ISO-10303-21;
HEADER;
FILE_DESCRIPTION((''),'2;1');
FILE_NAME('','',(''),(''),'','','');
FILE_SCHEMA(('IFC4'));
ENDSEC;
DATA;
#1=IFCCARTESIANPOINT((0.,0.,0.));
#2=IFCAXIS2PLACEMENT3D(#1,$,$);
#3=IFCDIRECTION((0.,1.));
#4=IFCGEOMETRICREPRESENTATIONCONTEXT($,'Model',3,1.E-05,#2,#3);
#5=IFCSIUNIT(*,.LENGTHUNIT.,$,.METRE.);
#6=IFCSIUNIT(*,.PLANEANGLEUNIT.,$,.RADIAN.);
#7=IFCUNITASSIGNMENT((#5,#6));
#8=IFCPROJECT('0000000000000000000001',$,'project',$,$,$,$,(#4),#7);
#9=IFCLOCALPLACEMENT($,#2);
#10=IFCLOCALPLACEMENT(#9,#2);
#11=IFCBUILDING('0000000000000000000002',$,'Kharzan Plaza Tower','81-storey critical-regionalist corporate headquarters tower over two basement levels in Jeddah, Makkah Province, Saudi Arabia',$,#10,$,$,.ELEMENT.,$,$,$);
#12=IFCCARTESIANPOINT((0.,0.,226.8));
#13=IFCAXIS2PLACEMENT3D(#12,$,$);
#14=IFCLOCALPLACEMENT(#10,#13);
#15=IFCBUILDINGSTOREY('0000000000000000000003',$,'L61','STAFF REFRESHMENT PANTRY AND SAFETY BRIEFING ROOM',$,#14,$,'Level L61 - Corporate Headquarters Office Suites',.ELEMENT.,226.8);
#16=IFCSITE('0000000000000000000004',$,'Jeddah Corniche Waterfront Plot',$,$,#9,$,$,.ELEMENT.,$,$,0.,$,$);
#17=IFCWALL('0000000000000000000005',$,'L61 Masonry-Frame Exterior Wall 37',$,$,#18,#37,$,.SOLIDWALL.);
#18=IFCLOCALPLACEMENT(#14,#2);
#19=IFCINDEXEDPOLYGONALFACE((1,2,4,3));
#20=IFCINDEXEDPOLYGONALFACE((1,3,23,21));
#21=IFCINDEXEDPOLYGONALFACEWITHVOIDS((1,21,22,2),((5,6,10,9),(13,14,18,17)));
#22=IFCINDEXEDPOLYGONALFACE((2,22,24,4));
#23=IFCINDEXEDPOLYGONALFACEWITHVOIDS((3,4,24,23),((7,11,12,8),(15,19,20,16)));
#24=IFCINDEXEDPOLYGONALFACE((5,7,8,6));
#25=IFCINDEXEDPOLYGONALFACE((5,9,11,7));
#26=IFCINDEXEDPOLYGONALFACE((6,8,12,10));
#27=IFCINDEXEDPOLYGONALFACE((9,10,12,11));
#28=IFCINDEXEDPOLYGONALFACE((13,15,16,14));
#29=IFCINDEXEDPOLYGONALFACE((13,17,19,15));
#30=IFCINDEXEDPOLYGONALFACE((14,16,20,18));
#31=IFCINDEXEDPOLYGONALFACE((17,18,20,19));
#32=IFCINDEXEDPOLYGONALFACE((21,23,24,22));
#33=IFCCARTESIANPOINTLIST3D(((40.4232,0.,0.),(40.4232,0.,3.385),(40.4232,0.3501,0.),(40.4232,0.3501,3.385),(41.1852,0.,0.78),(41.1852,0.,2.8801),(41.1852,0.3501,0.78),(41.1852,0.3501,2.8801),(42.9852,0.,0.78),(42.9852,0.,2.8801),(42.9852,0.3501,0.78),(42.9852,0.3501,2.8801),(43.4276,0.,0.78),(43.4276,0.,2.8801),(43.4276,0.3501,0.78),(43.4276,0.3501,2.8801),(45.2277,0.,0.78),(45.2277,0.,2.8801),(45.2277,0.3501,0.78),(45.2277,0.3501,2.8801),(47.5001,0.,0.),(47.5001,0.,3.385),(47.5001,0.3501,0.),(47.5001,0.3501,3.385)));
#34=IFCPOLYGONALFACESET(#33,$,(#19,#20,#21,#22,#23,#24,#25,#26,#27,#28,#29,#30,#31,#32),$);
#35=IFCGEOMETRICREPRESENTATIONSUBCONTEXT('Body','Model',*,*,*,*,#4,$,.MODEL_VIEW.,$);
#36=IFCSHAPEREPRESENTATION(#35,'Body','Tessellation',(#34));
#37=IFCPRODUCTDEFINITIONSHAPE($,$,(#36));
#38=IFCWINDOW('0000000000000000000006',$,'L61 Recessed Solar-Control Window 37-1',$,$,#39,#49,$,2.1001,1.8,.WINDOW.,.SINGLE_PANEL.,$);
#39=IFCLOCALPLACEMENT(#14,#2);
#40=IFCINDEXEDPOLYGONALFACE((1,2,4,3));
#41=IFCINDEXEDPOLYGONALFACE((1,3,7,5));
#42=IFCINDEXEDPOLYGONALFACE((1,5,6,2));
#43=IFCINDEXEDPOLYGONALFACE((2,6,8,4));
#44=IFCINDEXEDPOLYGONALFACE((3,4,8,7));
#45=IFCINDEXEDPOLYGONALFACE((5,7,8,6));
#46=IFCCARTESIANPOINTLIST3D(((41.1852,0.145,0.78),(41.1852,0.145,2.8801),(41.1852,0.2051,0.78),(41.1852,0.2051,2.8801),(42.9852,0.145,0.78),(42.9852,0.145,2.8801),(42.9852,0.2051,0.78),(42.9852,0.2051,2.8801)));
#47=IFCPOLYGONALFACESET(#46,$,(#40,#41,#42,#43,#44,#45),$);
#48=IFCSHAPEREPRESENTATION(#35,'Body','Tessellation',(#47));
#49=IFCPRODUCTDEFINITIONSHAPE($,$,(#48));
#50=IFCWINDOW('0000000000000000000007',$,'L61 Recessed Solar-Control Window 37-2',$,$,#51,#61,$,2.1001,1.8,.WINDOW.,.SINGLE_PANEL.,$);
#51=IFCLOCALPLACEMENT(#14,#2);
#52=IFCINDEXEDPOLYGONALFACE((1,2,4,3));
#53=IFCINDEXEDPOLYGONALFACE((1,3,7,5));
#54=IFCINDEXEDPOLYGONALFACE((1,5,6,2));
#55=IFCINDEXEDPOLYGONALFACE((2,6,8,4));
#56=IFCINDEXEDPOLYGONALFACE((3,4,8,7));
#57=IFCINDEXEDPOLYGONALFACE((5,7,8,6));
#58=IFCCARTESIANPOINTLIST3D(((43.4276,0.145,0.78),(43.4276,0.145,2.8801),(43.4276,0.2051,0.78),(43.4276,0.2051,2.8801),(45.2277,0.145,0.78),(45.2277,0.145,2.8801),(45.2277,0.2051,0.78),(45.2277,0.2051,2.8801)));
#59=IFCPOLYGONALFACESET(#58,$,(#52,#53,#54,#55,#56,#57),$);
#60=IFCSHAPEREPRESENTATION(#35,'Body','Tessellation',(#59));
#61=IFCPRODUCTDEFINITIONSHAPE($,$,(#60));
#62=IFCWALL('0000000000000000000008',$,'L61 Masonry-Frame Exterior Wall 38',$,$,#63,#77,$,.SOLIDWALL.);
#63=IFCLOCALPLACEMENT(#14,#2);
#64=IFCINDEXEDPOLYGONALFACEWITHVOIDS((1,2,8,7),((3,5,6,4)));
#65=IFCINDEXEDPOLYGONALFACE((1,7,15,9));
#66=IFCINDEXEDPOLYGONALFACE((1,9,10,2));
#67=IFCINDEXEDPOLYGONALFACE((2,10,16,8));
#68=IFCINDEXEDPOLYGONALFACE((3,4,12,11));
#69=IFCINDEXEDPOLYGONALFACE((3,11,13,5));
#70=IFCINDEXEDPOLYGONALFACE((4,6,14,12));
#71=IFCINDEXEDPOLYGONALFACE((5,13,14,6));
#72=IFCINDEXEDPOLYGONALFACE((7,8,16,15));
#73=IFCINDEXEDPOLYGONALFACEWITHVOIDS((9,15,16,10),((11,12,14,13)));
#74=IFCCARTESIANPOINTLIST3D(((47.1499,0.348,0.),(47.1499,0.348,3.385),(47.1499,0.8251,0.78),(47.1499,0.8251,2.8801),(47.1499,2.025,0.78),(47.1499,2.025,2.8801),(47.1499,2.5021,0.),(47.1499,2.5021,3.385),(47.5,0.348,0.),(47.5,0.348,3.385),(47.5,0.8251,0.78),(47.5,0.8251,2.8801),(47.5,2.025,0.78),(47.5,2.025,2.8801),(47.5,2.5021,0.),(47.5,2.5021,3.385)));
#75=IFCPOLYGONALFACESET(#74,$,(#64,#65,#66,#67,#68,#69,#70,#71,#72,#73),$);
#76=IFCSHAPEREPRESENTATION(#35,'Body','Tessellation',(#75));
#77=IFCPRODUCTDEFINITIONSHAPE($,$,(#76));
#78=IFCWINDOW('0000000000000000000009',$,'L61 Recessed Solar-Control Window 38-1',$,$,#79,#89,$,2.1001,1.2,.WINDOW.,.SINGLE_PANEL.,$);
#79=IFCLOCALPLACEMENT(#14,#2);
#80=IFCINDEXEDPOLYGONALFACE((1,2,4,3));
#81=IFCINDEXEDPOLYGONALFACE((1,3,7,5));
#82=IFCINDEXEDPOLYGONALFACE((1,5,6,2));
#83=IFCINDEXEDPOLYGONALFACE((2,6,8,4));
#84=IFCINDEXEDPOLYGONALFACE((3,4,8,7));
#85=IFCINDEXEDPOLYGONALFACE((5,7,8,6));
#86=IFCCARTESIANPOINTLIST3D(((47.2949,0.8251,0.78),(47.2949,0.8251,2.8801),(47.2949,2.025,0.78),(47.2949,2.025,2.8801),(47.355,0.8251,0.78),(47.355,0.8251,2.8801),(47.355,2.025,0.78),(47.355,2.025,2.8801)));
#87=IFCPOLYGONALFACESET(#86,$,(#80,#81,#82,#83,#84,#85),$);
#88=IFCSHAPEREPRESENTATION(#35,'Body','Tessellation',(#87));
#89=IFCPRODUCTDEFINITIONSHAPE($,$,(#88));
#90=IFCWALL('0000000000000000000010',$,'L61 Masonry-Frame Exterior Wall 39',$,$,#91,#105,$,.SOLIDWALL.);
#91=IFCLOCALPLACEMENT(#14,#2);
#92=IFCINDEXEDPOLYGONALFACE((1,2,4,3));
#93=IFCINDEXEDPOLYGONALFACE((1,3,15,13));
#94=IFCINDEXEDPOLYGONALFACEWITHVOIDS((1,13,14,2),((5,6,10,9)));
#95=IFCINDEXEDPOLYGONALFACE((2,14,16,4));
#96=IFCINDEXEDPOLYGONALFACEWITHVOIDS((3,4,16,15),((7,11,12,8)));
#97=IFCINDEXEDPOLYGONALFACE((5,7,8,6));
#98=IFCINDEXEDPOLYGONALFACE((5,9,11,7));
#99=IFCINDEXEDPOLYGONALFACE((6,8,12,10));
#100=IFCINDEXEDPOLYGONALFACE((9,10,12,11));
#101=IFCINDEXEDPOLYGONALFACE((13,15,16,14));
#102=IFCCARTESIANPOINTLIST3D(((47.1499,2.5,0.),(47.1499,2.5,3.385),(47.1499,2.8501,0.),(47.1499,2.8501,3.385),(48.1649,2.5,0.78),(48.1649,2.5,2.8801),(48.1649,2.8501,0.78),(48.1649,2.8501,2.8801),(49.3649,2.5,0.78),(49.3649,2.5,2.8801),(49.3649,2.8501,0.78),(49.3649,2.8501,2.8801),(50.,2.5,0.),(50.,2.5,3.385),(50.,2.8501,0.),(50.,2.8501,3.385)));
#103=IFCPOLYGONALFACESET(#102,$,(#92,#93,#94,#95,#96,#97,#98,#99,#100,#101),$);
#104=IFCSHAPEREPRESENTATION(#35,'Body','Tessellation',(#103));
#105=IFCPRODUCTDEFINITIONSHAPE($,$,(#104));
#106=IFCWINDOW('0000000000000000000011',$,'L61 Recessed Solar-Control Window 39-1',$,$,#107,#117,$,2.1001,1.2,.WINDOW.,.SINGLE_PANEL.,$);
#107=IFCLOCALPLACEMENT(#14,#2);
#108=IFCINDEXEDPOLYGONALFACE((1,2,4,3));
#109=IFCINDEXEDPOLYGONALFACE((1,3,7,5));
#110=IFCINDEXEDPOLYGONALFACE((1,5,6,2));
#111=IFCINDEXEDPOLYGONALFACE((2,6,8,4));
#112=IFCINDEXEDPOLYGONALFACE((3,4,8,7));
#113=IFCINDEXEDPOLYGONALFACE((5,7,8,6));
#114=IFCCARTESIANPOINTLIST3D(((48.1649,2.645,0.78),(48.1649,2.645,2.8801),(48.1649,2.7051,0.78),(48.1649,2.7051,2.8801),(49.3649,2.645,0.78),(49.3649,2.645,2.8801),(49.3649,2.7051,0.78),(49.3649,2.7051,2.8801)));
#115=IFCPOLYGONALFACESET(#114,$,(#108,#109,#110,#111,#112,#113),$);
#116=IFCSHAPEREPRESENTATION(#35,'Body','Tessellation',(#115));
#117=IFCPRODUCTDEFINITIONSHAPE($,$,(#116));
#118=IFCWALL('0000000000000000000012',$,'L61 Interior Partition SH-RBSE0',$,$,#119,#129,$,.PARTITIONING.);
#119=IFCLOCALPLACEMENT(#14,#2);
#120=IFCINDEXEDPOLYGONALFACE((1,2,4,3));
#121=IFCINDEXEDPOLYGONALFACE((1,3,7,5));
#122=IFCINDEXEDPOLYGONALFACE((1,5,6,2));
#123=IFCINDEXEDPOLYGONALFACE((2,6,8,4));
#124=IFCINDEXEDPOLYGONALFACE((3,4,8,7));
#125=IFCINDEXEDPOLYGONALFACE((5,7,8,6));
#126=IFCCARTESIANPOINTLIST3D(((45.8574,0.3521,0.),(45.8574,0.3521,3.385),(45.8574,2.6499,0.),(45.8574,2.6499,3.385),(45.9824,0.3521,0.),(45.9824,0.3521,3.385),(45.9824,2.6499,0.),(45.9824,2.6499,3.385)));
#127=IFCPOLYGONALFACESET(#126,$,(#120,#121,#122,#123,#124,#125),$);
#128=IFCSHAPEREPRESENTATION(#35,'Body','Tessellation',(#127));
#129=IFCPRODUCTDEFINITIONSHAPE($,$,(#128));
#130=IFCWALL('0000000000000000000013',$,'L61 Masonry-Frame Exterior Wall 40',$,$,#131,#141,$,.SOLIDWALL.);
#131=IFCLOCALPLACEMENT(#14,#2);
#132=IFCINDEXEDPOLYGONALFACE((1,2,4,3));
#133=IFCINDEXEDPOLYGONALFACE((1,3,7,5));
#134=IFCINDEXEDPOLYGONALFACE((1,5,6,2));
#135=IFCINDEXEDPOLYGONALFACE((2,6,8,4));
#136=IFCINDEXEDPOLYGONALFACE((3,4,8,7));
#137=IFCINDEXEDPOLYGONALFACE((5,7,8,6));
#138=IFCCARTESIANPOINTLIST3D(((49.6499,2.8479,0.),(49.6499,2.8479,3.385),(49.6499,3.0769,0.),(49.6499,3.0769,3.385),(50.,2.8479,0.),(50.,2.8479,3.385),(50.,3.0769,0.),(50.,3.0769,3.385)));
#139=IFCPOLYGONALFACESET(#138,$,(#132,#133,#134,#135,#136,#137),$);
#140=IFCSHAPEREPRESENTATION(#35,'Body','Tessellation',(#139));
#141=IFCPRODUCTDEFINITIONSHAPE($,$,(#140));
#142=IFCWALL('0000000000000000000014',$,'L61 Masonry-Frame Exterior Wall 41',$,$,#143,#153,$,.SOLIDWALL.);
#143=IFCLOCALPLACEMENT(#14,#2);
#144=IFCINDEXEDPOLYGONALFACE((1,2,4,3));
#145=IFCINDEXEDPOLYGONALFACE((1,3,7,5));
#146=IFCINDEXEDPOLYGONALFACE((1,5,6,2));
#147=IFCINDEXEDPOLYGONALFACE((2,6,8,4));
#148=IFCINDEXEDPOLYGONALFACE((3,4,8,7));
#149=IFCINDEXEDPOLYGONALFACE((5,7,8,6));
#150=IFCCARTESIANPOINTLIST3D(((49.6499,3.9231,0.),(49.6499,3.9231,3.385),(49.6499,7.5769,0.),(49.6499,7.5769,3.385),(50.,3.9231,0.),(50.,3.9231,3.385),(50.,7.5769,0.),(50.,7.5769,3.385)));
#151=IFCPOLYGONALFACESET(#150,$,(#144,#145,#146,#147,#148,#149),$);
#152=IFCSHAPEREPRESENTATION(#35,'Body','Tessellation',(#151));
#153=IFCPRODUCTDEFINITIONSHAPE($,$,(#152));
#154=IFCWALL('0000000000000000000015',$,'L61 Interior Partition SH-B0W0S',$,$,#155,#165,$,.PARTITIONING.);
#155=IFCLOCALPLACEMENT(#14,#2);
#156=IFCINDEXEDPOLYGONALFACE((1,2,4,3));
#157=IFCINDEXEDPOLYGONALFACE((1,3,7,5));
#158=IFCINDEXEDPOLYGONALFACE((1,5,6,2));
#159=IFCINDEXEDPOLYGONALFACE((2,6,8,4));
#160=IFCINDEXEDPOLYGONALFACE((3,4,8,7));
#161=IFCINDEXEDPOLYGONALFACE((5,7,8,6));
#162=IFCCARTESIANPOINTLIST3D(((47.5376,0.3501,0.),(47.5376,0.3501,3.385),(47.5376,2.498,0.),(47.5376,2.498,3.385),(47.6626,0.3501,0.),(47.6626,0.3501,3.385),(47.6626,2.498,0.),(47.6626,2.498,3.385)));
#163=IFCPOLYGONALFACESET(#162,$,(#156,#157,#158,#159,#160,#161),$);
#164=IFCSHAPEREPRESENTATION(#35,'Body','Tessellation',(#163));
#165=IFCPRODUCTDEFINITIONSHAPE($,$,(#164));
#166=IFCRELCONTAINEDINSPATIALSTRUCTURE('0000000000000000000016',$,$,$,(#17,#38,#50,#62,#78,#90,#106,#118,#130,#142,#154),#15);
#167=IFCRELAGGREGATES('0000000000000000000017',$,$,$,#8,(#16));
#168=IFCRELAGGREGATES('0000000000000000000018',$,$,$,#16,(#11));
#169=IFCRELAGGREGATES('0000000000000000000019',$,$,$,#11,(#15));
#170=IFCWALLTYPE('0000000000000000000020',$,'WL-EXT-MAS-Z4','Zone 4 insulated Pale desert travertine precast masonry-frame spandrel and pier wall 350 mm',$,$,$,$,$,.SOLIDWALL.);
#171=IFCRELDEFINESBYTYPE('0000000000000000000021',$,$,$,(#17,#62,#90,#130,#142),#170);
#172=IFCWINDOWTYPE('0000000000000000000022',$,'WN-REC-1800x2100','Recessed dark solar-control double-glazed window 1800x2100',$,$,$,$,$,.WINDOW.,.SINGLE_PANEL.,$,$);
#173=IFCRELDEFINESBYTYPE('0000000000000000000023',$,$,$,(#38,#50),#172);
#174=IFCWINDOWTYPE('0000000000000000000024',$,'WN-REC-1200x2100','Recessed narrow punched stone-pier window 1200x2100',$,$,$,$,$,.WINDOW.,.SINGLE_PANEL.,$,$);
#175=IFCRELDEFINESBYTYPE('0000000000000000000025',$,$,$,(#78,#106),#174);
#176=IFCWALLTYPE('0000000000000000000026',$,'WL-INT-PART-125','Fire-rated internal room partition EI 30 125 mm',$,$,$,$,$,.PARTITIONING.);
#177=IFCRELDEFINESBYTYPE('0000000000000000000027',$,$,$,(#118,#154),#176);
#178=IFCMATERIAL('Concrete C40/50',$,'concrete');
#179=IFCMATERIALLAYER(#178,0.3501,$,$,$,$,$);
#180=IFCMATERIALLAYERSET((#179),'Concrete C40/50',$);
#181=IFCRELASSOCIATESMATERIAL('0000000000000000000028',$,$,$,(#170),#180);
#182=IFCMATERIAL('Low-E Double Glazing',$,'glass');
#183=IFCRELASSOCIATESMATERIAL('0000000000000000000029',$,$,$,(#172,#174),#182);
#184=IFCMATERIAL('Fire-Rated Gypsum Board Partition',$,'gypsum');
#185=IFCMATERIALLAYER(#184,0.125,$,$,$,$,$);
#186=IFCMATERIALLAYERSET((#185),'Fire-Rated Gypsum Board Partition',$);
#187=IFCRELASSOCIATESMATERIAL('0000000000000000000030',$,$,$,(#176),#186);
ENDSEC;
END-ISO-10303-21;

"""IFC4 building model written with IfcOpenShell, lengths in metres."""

from ifc_helpers import new_model, si_unit, direction, frame, frame_2d, origin, place, context, subcontext, project, spatial, rectangle, extrude, source, transform, mapped, material, layer, layer_set, type_object, element, fill, save


model = new_model("IFC4")

# Units and contexts
model_context = context("Model", 3, precision=1e-05, world=origin(), true_north=direction((0.0, 1.0)))
body_context = subcontext(model_context, "Body", "Model", "MODEL_VIEW")
ifc_project = project(units=[si_unit("LENGTHUNIT", "METRE"), si_unit("PLANEANGLEUNIT", "RADIAN")], contexts=[model_context])

# Site, building, storey
site_placement = place(None, origin())
site = spatial("IfcSite", under=ifc_project, at=site_placement, Name="Jeddah Corniche Waterfront Plot", CompositionType="ELEMENT", RefElevation=0.0)
building_placement = place(site_placement, origin())
building = spatial("IfcBuilding", under=site, at=building_placement, Name="Kharzan Plaza Tower", Description="81-storey critical-regionalist corporate headquarters tower over two basement levels in Jeddah, Makkah Province, Saudi Arabia", CompositionType="ELEMENT")
storey_placement = place(building_placement, frame((0.0, 0.0, 226.8)))
storey = spatial("IfcBuildingStorey", under=building, at=storey_placement, Name="L61", Description="STAFF REFRESHMENT PANTRY AND SAFETY BRIEFING ROOM", LongName="Level L61 - Corporate Headquarters Office Suites", CompositionType="ELEMENT", Elevation=226.8)

# Wall, openings, windows
ifc_material_1 = material(Name="Concrete C40/50", Category="concrete")
ifc_layer_1 = layer(ifc_material_1, 0.3501)
ifc_layer_set_1 = layer_set([ifc_layer_1], Name="Concrete C40/50")
wall_type_1 = type_object("IfcWallType", Name="WL-EXT-MAS-Z4", Description="Zone 4 insulated Pale desert travertine precast masonry-frame spandrel and pier wall 350 mm", PredefinedType="SOLIDWALL", material=ifc_layer_set_1)
wall_1_placement = place(storey_placement, frame((40.4231, 0.175, 0.0), z_axis=(0.0, 0.0, 1.0), x_axis=(1.0, 0.0, 0.0)))
wall_1 = element("IfcWall", 1, at=wall_1_placement, inside=storey, type_object=wall_type_1, Name="L61 Masonry-Frame Exterior Wall 37", PredefinedType="SOLIDWALL", context=body_context, shape_type="SweptSolid", body=[
    extrude(rectangle(XDim=7.0769, YDim=0.3501, at=frame_2d((3.5386, 0.0))), origin(), (0.0, 0.0, 1.0), 3.385),
])
opening_1_placement = place(wall_1_placement, frame((0.7622, 0.0, 0.78)))
opening_1 = element("IfcOpeningElement", 2, at=opening_1_placement, cuts=wall_1, PredefinedType="OPENING", context=body_context, shape_type="SweptSolid", body=[
    extrude(rectangle(XDim=1.8, YDim=2.1001, at=frame_2d((0.8999, 1.05))), frame((0.0, 0.1851, 0.0), z_axis=(0.0, -1.0, 0.0), x_axis=(1.0, 0.0, 0.0)), (0.0, 0.0, 1.0), 0.3701),
])
opening_2_placement = place(wall_1_placement, frame((3.0046, 0.0, 0.78)))
opening_2 = element("IfcOpeningElement", 3, at=opening_2_placement, cuts=wall_1, PredefinedType="OPENING", context=body_context, shape_type="SweptSolid", body=[
    extrude(rectangle(XDim=1.8, YDim=2.1001, at=frame_2d((0.8999, 1.05))), frame((0.0, 0.1851, 0.0), z_axis=(0.0, -1.0, 0.0), x_axis=(1.0, 0.0, 0.0)), (0.0, 0.0, 1.0), 0.3701),
])
ifc_material_2 = material(Name="Low-E Double Glazing", Category="glass")
window_type_1 = type_object("IfcWindowType", Name="WN-REC-1800x2100", Description="Recessed dark solar-control double-glazed window 1800x2100", PartitioningType="SINGLE_PANEL", PredefinedType="WINDOW", material=ifc_material_2)
shared_shape_1 = source(origin(), body_context, "Body", "SweptSolid", [
    extrude(rectangle(XDim=1.8, YDim=2.1001, at=frame_2d((0.8999, 1.05))), frame((0.0, 0.03, 0.0), z_axis=(0.0, -1.0, 0.0), x_axis=(1.0, 0.0, 0.0)), (0.0, 0.0, 1.0), 0.0601),
])
window_1_placement = place(opening_1_placement, origin())
window_1 = element("IfcWindow", 4, at=window_1_placement, inside=storey, type_object=window_type_1, Name="L61 Recessed Solar-Control Window 37-1", OverallHeight=2.1001, OverallWidth=1.8, PartitioningType="SINGLE_PANEL", PredefinedType="WINDOW", context=body_context, shape_type="MappedRepresentation", body=[
    mapped(shared_shape_1, transform((0.0, 0.0, 0.0), x_axis=(1.0, 0.0, 0.0), y_axis=(0.0, 1.0, 0.0), z_axis=(0.0, 0.0, 1.0))),
])
fill(opening_1, window_1)
window_2_placement = place(opening_2_placement, origin())
window_2 = element("IfcWindow", 5, at=window_2_placement, inside=storey, type_object=window_type_1, Name="L61 Recessed Solar-Control Window 37-2", OverallHeight=2.1001, OverallWidth=1.8, PartitioningType="SINGLE_PANEL", PredefinedType="WINDOW", context=body_context, shape_type="MappedRepresentation", body=[
    mapped(shared_shape_1, transform((0.0, 0.0, 0.0), x_axis=(1.0, 0.0, 0.0), y_axis=(0.0, 1.0, 0.0), z_axis=(0.0, 0.0, 1.0))),
])
fill(opening_2, window_2)

# Walls, openings, windows
wall_2_placement = place(storey_placement, frame((47.325, 0.3479, 0.0), z_axis=(0.0, 0.0, 1.0), x_axis=(0.0, 1.0, 0.0)))
wall_2 = element("IfcWall", 6, at=wall_2_placement, inside=storey, type_object=wall_type_1, Name="L61 Masonry-Frame Exterior Wall 38", PredefinedType="SOLIDWALL", context=body_context, shape_type="SweptSolid", body=[
    extrude(rectangle(XDim=2.1541, YDim=0.3501, at=frame_2d((1.0771, 0.0))), origin(), (0.0, 0.0, 1.0), 3.385),
])
opening_3_placement = place(wall_2_placement, frame((0.4771, 0.0, 0.78)))
opening_3 = element("IfcOpeningElement", 7, at=opening_3_placement, cuts=wall_2, PredefinedType="OPENING", context=body_context, shape_type="SweptSolid", body=[
    extrude(rectangle(XDim=1.2, YDim=2.1001, at=frame_2d((0.6001, 1.05))), frame((0.0, 0.1851, 0.0), z_axis=(0.0, -1.0, 0.0), x_axis=(1.0, 0.0, 0.0)), (0.0, 0.0, 1.0), 0.3701),
])
window_type_2 = type_object("IfcWindowType", Name="WN-REC-1200x2100", Description="Recessed narrow punched stone-pier window 1200x2100", PartitioningType="SINGLE_PANEL", PredefinedType="WINDOW", material=ifc_material_2)
shared_shape_2 = source(origin(), body_context, "Body", "SweptSolid", [
    extrude(rectangle(XDim=1.2, YDim=2.1001, at=frame_2d((0.6001, 1.05))), frame((0.0, 0.03, 0.0), z_axis=(0.0, -1.0, 0.0), x_axis=(1.0, 0.0, 0.0)), (0.0, 0.0, 1.0), 0.0601),
])
window_3_placement = place(opening_3_placement, origin())
window_3 = element("IfcWindow", 8, at=window_3_placement, inside=storey, type_object=window_type_2, Name="L61 Recessed Solar-Control Window 38-1", OverallHeight=2.1001, OverallWidth=1.2, PartitioningType="SINGLE_PANEL", PredefinedType="WINDOW", context=body_context, shape_type="MappedRepresentation", body=[
    mapped(shared_shape_2, transform((0.0, 0.0, 0.0), x_axis=(1.0, 0.0, 0.0), y_axis=(0.0, 1.0, 0.0), z_axis=(0.0, 0.0, 1.0))),
])
fill(opening_3, window_3)
wall_3_placement = place(storey_placement, frame((47.1499, 2.675, 0.0), z_axis=(0.0, 0.0, 1.0), x_axis=(1.0, 0.0, 0.0)))
wall_3 = element("IfcWall", 9, at=wall_3_placement, inside=storey, type_object=wall_type_1, Name="L61 Masonry-Frame Exterior Wall 39", PredefinedType="SOLIDWALL", context=body_context, shape_type="SweptSolid", body=[
    extrude(rectangle(XDim=2.8501, YDim=0.3501, at=frame_2d((1.425, 0.0))), origin(), (0.0, 0.0, 1.0), 3.385),
])
opening_4_placement = place(wall_3_placement, frame((1.0149, 0.0, 0.78)))
opening_4 = element("IfcOpeningElement", 10, at=opening_4_placement, cuts=wall_3, PredefinedType="OPENING", context=body_context, shape_type="SweptSolid", body=[
    extrude(rectangle(XDim=1.2, YDim=2.1001, at=frame_2d((0.6001, 1.05))), frame((0.0, 0.1851, 0.0), z_axis=(0.0, -1.0, 0.0), x_axis=(1.0, 0.0, 0.0)), (0.0, 0.0, 1.0), 0.3701),
])
window_4_placement = place(opening_4_placement, origin())
window_4 = element("IfcWindow", 11, at=window_4_placement, inside=storey, type_object=window_type_2, Name="L61 Recessed Solar-Control Window 39-1", OverallHeight=2.1001, OverallWidth=1.2, PartitioningType="SINGLE_PANEL", PredefinedType="WINDOW", context=body_context, shape_type="MappedRepresentation", body=[
    mapped(shared_shape_2, transform((0.0, 0.0, 0.0), x_axis=(1.0, 0.0, 0.0), y_axis=(0.0, 1.0, 0.0), z_axis=(0.0, 0.0, 1.0))),
])
fill(opening_4, window_4)

# Shared definitions
ifc_material_3 = material(Name="Fire-Rated Gypsum Board Partition", Category="gypsum")
ifc_layer_2 = layer(ifc_material_3, 0.125)
ifc_layer_set_2 = layer_set([ifc_layer_2], Name="Fire-Rated Gypsum Board Partition")
wall_type_2 = type_object("IfcWallType", Name="WL-INT-PART-125", Description="Fire-rated internal room partition EI 30 125 mm", PredefinedType="PARTITIONING", material=ifc_layer_set_2)

# Walls
shared_shape_3 = source(origin(), body_context, "Body", "SweptSolid", [
    extrude(rectangle(XDim=2.2979, YDim=0.125, at=frame_2d((1.1489, 0.0))), origin(), (0.0, 0.0, 1.0), 3.385),
])
wall_4_placement = place(storey_placement, frame((45.9199, 0.3521, 0.0), z_axis=(0.0, 0.0, 1.0), x_axis=(0.0, 1.0, 0.0)))
element("IfcWall", 12, at=wall_4_placement, inside=storey, type_object=wall_type_2, Name="L61 Interior Partition SH-RBSE0", PredefinedType="PARTITIONING", context=body_context, shape_type="MappedRepresentation", body=[
    mapped(shared_shape_3, transform((0.0, 0.0, 0.0), x_axis=(1.0, 0.0, 0.0), y_axis=(0.0, 1.0, 0.0), z_axis=(0.0, 0.0, 1.0))),
])
shared_shape_4 = source(origin(), body_context, "Body", "SweptSolid", [
    extrude(rectangle(XDim=0.229, YDim=0.3501, at=frame_2d((0.1145, 0.0))), origin(), (0.0, 0.0, 1.0), 3.385),
])
wall_5_placement = place(storey_placement, frame((49.825, 2.8479, 0.0), z_axis=(0.0, 0.0, 1.0), x_axis=(0.0, 1.0, 0.0)))
element("IfcWall", 13, at=wall_5_placement, inside=storey, type_object=wall_type_1, Name="L61 Masonry-Frame Exterior Wall 40", PredefinedType="SOLIDWALL", context=body_context, shape_type="MappedRepresentation", body=[
    mapped(shared_shape_4, transform((0.0, 0.0, 0.0), x_axis=(1.0, 0.0, 0.0), y_axis=(0.0, 1.0, 0.0), z_axis=(0.0, 0.0, 1.0))),
])
shared_shape_5 = source(origin(), body_context, "Body", "SweptSolid", [
    extrude(rectangle(XDim=3.6538, YDim=0.3501, at=frame_2d((1.8269, 0.0))), origin(), (0.0, 0.0, 1.0), 3.385),
])
wall_6_placement = place(storey_placement, frame((49.825, 3.9231, 0.0), z_axis=(0.0, 0.0, 1.0), x_axis=(0.0, 1.0, 0.0)))
element("IfcWall", 14, at=wall_6_placement, inside=storey, type_object=wall_type_1, Name="L61 Masonry-Frame Exterior Wall 41", PredefinedType="SOLIDWALL", context=body_context, shape_type="MappedRepresentation", body=[
    mapped(shared_shape_5, transform((0.0, 0.0, 0.0), x_axis=(1.0, 0.0, 0.0), y_axis=(0.0, 1.0, 0.0), z_axis=(0.0, 0.0, 1.0))),
])
shared_shape_6 = source(origin(), body_context, "Body", "SweptSolid", [
    extrude(rectangle(XDim=2.1479, YDim=0.125, at=frame_2d((1.074, 0.0))), origin(), (0.0, 0.0, 1.0), 3.385),
])
wall_7_placement = place(storey_placement, frame((47.6001, 0.3501, 0.0), z_axis=(0.0, 0.0, 1.0), x_axis=(0.0, 1.0, 0.0)))
element("IfcWall", 15, at=wall_7_placement, inside=storey, type_object=wall_type_2, Name="L61 Interior Partition SH-B0W0S", PredefinedType="PARTITIONING", context=body_context, shape_type="MappedRepresentation", body=[
    mapped(shared_shape_6, transform((0.0, 0.0, 0.0), x_axis=(1.0, 0.0, 0.0), y_axis=(0.0, 1.0, 0.0), z_axis=(0.0, 0.0, 1.0))),
])

save(model, "model.ifc")
